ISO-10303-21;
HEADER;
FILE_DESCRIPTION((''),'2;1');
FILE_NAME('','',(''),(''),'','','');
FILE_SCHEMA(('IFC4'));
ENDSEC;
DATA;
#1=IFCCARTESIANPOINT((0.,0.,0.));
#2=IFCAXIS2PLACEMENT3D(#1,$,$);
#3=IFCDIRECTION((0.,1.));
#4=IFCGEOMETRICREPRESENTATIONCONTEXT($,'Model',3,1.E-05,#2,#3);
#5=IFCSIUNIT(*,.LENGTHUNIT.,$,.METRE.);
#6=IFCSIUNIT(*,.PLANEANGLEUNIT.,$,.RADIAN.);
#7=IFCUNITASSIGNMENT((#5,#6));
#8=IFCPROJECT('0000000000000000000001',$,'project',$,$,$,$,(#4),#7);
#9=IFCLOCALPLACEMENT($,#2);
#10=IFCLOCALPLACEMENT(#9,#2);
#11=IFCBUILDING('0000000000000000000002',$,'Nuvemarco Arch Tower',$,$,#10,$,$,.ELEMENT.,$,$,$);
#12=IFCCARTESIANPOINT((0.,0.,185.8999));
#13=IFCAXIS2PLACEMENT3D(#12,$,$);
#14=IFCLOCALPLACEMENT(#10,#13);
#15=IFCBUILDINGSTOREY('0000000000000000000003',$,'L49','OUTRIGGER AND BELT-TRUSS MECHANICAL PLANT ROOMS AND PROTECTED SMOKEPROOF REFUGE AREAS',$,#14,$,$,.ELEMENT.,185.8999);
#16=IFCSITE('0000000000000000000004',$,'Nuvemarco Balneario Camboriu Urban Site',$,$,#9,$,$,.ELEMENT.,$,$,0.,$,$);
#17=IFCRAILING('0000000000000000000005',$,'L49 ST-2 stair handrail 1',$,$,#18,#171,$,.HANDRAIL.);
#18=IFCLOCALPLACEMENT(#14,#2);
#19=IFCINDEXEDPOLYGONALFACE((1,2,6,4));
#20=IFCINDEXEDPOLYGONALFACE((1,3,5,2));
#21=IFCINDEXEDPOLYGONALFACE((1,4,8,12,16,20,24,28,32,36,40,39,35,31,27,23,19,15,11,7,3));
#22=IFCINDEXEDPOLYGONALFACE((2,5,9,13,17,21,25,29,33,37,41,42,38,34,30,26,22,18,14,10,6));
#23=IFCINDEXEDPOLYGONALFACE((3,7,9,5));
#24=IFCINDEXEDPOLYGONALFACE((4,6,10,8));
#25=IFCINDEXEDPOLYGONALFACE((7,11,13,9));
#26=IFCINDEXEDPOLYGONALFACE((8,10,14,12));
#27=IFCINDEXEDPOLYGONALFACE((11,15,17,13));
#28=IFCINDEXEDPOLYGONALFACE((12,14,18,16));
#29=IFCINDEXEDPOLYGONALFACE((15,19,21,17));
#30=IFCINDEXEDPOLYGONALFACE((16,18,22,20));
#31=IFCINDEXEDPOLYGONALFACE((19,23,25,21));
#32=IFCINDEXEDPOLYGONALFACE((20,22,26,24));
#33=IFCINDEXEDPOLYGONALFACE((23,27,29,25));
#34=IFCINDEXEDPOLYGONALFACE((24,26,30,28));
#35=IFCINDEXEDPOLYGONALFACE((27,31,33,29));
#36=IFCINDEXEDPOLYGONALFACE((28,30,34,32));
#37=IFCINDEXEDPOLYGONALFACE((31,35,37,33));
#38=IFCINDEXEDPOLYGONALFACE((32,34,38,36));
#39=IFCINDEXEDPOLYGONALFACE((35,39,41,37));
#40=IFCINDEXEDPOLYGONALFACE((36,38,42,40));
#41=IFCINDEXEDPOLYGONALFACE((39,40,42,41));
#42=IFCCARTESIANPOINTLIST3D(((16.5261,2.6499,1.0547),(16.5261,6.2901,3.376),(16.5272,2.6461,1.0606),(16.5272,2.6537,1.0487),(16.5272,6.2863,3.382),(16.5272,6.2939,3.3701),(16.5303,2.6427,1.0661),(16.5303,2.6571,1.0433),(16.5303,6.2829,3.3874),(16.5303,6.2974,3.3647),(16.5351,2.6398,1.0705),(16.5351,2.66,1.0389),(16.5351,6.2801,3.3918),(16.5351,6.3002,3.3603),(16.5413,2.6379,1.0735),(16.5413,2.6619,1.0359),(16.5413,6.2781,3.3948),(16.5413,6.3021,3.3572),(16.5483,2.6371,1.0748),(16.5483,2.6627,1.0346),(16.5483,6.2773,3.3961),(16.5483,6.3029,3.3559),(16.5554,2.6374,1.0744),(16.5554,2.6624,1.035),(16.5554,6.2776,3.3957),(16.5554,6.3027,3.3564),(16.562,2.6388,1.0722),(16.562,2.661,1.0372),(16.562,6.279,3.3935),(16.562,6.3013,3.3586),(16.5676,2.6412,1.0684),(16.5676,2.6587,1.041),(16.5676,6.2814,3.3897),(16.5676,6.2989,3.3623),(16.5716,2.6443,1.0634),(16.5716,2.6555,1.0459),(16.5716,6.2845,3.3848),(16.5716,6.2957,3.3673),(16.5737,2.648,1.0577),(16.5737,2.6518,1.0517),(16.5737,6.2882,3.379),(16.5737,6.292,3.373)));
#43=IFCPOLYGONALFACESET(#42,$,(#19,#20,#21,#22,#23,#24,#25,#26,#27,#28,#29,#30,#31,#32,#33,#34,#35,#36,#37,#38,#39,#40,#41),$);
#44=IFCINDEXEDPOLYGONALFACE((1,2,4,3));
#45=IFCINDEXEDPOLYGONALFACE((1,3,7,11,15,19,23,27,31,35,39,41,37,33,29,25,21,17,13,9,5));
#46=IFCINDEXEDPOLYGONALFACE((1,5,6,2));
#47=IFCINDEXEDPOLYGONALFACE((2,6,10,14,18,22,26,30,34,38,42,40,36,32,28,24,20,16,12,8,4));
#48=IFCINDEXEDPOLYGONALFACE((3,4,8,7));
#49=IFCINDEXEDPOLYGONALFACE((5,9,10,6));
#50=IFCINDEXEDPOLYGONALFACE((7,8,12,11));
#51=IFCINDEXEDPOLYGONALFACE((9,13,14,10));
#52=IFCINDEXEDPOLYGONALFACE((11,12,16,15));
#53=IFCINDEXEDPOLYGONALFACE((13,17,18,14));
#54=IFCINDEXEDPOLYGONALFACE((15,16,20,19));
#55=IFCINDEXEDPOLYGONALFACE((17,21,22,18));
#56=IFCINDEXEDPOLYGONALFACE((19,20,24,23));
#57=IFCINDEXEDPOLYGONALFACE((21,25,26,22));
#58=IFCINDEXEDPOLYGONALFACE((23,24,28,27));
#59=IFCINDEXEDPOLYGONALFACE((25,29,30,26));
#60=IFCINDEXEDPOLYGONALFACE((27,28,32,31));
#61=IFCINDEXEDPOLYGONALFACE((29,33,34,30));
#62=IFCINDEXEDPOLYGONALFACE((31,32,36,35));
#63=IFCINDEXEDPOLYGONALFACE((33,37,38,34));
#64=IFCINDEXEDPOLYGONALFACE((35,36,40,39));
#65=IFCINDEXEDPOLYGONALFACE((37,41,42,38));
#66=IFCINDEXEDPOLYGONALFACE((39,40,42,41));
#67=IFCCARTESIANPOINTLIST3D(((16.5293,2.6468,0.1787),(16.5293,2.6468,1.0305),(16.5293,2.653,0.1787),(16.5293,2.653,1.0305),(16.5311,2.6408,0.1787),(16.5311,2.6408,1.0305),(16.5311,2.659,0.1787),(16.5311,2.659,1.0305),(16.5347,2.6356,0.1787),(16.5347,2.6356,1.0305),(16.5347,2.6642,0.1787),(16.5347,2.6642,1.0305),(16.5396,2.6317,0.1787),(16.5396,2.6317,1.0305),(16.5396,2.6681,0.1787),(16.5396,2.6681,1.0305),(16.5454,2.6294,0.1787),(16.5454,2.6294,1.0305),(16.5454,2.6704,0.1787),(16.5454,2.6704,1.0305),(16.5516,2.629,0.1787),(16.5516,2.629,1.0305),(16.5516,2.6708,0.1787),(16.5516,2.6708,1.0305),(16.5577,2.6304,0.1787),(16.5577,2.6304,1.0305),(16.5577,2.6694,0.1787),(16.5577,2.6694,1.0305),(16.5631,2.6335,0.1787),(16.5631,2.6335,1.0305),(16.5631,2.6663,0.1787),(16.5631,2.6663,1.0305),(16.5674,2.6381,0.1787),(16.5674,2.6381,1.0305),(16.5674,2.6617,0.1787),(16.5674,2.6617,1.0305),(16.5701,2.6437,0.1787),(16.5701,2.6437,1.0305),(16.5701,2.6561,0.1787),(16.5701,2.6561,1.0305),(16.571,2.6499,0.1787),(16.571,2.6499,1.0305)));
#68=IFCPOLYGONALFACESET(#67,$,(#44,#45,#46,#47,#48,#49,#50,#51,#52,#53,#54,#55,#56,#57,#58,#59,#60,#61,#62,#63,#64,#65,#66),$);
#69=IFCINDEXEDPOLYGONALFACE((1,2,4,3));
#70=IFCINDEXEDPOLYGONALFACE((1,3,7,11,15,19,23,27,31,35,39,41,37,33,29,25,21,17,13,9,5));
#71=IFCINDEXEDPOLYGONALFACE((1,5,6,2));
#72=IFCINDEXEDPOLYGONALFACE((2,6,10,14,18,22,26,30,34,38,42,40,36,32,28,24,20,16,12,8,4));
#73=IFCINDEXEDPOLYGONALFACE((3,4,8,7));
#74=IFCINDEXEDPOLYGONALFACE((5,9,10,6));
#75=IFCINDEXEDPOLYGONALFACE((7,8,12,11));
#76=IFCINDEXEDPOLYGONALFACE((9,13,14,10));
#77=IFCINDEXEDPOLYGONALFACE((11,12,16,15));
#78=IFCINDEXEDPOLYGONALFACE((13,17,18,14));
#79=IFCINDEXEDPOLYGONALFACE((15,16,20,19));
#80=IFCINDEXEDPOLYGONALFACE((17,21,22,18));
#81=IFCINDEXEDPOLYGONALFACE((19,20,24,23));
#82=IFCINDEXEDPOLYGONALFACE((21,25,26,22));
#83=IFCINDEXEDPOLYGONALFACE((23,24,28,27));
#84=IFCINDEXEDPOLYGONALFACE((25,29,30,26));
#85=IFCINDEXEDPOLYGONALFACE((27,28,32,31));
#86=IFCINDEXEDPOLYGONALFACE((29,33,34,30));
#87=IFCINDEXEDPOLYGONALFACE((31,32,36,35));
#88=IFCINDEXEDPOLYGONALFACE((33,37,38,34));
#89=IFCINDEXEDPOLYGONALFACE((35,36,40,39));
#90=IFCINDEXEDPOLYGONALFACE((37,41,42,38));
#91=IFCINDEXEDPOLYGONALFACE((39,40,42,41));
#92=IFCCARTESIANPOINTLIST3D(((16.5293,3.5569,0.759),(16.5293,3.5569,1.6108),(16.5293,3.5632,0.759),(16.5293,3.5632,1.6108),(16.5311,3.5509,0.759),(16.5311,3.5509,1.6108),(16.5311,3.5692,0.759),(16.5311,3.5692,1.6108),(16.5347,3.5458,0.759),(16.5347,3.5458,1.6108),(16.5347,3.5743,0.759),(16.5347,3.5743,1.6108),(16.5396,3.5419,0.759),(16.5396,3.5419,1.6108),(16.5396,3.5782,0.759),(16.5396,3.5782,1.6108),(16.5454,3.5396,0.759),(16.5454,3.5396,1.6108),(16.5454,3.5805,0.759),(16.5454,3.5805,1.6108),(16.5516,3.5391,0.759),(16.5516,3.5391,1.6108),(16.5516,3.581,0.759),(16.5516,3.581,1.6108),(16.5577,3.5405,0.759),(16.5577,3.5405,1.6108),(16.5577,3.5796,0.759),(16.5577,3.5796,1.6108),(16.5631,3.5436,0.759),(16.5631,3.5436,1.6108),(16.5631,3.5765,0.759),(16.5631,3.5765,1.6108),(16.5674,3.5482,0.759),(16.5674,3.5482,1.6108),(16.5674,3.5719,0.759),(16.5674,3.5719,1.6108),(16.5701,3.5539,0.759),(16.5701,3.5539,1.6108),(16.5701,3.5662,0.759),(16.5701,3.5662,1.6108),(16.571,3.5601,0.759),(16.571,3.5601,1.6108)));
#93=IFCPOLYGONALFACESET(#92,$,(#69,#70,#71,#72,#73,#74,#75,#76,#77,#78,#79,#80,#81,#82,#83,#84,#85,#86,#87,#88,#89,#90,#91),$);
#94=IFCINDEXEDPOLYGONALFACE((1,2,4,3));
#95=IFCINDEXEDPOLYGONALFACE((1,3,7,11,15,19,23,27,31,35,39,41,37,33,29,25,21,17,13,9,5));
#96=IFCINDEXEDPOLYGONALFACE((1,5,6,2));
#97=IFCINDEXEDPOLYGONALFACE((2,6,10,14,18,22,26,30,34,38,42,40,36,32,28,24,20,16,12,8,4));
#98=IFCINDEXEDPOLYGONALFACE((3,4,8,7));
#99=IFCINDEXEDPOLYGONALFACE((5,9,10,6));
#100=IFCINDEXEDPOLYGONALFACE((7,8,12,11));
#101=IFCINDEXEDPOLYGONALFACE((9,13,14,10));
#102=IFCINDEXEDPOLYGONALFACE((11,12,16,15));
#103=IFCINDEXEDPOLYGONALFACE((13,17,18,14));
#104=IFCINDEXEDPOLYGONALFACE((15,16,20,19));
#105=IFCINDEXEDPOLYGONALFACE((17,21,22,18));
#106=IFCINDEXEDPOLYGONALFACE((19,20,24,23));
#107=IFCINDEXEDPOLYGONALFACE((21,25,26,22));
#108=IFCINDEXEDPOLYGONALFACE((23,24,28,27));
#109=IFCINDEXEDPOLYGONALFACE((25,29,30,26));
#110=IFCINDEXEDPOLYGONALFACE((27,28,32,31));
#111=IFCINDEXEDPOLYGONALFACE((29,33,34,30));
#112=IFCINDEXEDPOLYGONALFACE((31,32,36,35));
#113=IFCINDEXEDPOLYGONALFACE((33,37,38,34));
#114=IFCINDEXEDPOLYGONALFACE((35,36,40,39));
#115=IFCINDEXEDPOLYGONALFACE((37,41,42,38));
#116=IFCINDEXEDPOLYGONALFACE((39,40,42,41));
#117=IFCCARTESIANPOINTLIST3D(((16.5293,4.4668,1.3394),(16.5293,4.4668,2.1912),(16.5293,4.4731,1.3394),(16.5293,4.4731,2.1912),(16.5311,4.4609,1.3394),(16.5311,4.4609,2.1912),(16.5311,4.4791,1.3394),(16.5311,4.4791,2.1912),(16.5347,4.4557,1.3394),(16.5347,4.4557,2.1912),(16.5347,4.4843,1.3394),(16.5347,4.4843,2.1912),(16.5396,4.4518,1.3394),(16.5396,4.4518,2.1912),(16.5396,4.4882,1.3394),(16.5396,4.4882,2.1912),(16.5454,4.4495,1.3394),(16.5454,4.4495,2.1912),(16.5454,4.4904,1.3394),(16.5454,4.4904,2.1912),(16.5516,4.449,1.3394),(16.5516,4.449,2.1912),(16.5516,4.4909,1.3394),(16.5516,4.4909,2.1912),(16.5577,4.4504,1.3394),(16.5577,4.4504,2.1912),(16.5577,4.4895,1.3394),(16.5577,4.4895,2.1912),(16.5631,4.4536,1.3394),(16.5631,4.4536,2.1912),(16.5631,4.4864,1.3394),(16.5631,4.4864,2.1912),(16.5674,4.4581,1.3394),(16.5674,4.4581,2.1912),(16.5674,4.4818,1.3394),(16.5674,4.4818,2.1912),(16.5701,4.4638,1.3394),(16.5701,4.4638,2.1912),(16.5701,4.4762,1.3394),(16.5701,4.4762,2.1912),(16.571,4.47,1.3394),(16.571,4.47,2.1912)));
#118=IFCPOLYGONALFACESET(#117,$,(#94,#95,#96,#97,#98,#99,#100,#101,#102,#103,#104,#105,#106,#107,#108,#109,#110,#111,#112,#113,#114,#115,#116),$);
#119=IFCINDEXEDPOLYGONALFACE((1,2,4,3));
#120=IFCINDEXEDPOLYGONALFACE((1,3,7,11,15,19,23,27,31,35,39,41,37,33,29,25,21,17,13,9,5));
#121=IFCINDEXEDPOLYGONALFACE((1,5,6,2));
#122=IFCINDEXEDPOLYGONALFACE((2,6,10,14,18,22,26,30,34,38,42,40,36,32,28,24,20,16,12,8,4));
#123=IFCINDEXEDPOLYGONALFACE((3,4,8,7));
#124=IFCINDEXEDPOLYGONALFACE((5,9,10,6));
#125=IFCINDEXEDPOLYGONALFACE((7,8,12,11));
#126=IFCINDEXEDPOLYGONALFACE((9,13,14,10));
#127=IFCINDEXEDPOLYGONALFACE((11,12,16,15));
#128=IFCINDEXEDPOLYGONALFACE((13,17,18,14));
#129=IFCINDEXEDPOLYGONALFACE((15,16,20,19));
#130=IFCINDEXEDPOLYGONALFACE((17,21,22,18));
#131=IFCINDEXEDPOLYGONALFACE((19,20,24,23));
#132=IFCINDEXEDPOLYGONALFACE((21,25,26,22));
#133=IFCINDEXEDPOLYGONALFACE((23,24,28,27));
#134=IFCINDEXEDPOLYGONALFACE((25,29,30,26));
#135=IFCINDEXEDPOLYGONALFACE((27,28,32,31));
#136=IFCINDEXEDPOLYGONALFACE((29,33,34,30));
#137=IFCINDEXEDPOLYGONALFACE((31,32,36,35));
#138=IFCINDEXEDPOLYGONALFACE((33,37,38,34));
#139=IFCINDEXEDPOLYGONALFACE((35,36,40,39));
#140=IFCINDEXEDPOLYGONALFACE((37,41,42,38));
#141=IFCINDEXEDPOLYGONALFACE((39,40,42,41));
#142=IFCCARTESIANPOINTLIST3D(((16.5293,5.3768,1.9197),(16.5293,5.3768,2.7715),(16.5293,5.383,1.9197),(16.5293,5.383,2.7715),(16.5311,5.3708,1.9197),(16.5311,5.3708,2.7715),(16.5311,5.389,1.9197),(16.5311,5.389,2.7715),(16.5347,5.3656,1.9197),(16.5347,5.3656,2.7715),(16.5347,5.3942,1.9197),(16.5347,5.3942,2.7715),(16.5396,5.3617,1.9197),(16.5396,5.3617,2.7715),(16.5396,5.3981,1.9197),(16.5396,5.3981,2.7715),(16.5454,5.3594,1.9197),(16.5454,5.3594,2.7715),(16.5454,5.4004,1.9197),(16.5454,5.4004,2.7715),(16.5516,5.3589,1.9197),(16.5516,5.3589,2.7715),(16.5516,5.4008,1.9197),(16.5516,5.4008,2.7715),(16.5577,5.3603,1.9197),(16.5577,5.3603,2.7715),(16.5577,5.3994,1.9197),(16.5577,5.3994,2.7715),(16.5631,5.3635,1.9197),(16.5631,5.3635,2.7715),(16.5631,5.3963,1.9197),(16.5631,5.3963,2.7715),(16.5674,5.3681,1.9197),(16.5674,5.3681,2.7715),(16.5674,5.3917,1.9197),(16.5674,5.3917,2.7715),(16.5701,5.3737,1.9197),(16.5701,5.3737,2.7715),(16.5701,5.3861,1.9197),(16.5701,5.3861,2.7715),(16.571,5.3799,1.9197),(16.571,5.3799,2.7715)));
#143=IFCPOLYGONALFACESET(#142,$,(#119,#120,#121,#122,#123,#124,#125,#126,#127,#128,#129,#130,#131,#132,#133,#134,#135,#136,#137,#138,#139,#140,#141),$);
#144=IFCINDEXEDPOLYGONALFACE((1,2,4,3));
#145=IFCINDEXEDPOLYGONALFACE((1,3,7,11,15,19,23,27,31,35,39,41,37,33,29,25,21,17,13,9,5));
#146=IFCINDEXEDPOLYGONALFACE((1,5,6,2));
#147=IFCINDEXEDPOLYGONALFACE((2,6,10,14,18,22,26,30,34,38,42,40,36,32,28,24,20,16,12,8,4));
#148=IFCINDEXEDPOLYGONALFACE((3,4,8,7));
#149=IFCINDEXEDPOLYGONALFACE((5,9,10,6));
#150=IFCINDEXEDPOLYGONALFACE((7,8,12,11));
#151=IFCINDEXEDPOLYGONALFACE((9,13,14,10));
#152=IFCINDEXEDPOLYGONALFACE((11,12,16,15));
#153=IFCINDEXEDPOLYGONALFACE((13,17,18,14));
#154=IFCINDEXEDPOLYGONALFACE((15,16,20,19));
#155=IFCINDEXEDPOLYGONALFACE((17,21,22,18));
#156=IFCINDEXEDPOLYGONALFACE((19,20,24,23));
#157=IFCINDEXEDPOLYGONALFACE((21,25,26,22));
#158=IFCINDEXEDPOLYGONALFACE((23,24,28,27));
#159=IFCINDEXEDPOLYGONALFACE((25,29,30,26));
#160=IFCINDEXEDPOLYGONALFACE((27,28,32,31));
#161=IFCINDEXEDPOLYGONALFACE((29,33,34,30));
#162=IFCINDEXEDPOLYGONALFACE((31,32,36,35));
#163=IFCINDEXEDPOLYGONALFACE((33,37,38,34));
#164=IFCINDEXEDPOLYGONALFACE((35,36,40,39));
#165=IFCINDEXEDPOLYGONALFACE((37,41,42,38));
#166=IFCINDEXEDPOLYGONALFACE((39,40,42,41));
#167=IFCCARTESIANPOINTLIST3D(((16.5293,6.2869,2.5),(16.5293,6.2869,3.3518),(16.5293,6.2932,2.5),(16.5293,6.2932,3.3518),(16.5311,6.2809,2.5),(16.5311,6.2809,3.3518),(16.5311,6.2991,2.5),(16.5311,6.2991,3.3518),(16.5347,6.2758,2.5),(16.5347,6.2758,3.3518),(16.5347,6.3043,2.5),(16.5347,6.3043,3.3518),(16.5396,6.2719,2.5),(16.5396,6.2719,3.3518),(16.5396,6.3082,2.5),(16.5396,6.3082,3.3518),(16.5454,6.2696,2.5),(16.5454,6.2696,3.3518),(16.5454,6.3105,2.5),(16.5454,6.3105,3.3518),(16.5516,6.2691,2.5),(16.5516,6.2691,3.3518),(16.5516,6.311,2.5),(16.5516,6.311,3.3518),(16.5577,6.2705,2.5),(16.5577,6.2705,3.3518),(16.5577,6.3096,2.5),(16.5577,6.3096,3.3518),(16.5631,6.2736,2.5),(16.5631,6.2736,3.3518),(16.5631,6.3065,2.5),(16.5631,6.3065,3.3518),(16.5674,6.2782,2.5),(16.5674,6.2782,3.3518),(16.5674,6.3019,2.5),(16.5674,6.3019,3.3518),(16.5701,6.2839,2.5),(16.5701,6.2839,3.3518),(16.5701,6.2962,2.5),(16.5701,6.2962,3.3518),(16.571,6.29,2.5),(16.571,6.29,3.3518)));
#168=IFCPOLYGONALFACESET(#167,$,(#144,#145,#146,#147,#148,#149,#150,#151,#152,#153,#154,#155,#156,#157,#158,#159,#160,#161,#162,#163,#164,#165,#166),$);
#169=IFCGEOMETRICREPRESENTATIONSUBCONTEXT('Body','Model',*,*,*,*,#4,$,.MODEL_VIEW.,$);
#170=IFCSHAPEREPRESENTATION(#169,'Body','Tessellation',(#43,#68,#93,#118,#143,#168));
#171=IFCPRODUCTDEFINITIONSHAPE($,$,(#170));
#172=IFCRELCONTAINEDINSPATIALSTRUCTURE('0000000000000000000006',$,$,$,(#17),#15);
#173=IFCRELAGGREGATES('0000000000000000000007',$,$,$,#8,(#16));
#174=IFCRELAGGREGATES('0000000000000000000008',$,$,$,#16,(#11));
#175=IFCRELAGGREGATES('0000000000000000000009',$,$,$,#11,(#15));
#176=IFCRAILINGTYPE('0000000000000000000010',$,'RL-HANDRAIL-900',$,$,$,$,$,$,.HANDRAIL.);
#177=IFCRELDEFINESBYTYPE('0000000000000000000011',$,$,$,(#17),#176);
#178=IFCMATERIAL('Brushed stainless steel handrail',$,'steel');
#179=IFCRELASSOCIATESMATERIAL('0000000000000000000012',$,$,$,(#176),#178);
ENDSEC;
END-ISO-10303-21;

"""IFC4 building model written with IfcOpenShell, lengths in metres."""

from ifc_helpers import new_model, si_unit, direction, frame, origin, origin_2d, place, context, subcontext, project, spatial, circle, extrude, material, type_object, element, save


model = new_model("IFC4")

# Units and contexts
model_context = context("Model", 3, precision=1e-05, world=origin(), true_north=direction((0.0, 1.0)))
body_context = subcontext(model_context, "Body", "Model", "MODEL_VIEW")
ifc_project = project(units=[si_unit("LENGTHUNIT", "METRE"), si_unit("PLANEANGLEUNIT", "RADIAN")], contexts=[model_context])

# Site, building, storey
site_placement = place(None, origin())
site = spatial("IfcSite", under=ifc_project, at=site_placement, Name="Nuvemarco Balneario Camboriu Urban Site", CompositionType="ELEMENT", RefElevation=0.0)
building_placement = place(site_placement, origin())
building = spatial("IfcBuilding", under=site, at=building_placement, Name="Nuvemarco Arch Tower", CompositionType="ELEMENT")
storey_placement = place(building_placement, frame((0.0, 0.0, 185.8999)))
storey = spatial("IfcBuildingStorey", under=building, at=storey_placement, Name="L49", Description="OUTRIGGER AND BELT-TRUSS MECHANICAL PLANT ROOMS AND PROTECTED SMOKEPROOF REFUGE AREAS", CompositionType="ELEMENT", Elevation=185.8999)

# Railing
ifc_material_1 = material(Name="Brushed stainless steel handrail", Category="steel")
railing_type_1 = type_object("IfcRailingType", Name="RL-HANDRAIL-900", PredefinedType="HANDRAIL", material=ifc_material_1)
railing_1_placement = place(storey_placement, frame((16.55, 2.6499, 0.1787)))
element("IfcRailing", 1, at=railing_1_placement, inside=storey, type_object=railing_type_1, Name="L49 ST-2 stair handrail 1", PredefinedType="HANDRAIL", context=body_context, shape_type="SweptSolid", body=[
    extrude(circle(Radius=0.0239, at=origin_2d()), frame((0.0, 0.0, 0.876), z_axis=(0.0, 0.843153, 0.537673), x_axis=(-1.0, 0.0, 0.0)), (0.0, 0.0, 1.0), 4.3174),
    extrude(circle(Radius=0.021, at=origin_2d()), origin(), (0.0, 0.0, 1.0), 0.8518),
    extrude(circle(Radius=0.021, at=origin_2d()), frame((0.0, 0.9102, 0.5803)), (0.0, 0.0, 1.0), 0.8518),
    extrude(circle(Radius=0.021, at=origin_2d()), frame((0.0, 1.8201, 1.1606)), (0.0, 0.0, 1.0), 0.8518),
    extrude(circle(Radius=0.021, at=origin_2d()), frame((0.0, 2.73, 1.741)), (0.0, 0.0, 1.0), 0.8518),
    extrude(circle(Radius=0.021, at=origin_2d()), frame((0.0, 3.6401, 2.3213)), (0.0, 0.0, 1.0), 0.8518),
])

save(model, "model.ifc")
